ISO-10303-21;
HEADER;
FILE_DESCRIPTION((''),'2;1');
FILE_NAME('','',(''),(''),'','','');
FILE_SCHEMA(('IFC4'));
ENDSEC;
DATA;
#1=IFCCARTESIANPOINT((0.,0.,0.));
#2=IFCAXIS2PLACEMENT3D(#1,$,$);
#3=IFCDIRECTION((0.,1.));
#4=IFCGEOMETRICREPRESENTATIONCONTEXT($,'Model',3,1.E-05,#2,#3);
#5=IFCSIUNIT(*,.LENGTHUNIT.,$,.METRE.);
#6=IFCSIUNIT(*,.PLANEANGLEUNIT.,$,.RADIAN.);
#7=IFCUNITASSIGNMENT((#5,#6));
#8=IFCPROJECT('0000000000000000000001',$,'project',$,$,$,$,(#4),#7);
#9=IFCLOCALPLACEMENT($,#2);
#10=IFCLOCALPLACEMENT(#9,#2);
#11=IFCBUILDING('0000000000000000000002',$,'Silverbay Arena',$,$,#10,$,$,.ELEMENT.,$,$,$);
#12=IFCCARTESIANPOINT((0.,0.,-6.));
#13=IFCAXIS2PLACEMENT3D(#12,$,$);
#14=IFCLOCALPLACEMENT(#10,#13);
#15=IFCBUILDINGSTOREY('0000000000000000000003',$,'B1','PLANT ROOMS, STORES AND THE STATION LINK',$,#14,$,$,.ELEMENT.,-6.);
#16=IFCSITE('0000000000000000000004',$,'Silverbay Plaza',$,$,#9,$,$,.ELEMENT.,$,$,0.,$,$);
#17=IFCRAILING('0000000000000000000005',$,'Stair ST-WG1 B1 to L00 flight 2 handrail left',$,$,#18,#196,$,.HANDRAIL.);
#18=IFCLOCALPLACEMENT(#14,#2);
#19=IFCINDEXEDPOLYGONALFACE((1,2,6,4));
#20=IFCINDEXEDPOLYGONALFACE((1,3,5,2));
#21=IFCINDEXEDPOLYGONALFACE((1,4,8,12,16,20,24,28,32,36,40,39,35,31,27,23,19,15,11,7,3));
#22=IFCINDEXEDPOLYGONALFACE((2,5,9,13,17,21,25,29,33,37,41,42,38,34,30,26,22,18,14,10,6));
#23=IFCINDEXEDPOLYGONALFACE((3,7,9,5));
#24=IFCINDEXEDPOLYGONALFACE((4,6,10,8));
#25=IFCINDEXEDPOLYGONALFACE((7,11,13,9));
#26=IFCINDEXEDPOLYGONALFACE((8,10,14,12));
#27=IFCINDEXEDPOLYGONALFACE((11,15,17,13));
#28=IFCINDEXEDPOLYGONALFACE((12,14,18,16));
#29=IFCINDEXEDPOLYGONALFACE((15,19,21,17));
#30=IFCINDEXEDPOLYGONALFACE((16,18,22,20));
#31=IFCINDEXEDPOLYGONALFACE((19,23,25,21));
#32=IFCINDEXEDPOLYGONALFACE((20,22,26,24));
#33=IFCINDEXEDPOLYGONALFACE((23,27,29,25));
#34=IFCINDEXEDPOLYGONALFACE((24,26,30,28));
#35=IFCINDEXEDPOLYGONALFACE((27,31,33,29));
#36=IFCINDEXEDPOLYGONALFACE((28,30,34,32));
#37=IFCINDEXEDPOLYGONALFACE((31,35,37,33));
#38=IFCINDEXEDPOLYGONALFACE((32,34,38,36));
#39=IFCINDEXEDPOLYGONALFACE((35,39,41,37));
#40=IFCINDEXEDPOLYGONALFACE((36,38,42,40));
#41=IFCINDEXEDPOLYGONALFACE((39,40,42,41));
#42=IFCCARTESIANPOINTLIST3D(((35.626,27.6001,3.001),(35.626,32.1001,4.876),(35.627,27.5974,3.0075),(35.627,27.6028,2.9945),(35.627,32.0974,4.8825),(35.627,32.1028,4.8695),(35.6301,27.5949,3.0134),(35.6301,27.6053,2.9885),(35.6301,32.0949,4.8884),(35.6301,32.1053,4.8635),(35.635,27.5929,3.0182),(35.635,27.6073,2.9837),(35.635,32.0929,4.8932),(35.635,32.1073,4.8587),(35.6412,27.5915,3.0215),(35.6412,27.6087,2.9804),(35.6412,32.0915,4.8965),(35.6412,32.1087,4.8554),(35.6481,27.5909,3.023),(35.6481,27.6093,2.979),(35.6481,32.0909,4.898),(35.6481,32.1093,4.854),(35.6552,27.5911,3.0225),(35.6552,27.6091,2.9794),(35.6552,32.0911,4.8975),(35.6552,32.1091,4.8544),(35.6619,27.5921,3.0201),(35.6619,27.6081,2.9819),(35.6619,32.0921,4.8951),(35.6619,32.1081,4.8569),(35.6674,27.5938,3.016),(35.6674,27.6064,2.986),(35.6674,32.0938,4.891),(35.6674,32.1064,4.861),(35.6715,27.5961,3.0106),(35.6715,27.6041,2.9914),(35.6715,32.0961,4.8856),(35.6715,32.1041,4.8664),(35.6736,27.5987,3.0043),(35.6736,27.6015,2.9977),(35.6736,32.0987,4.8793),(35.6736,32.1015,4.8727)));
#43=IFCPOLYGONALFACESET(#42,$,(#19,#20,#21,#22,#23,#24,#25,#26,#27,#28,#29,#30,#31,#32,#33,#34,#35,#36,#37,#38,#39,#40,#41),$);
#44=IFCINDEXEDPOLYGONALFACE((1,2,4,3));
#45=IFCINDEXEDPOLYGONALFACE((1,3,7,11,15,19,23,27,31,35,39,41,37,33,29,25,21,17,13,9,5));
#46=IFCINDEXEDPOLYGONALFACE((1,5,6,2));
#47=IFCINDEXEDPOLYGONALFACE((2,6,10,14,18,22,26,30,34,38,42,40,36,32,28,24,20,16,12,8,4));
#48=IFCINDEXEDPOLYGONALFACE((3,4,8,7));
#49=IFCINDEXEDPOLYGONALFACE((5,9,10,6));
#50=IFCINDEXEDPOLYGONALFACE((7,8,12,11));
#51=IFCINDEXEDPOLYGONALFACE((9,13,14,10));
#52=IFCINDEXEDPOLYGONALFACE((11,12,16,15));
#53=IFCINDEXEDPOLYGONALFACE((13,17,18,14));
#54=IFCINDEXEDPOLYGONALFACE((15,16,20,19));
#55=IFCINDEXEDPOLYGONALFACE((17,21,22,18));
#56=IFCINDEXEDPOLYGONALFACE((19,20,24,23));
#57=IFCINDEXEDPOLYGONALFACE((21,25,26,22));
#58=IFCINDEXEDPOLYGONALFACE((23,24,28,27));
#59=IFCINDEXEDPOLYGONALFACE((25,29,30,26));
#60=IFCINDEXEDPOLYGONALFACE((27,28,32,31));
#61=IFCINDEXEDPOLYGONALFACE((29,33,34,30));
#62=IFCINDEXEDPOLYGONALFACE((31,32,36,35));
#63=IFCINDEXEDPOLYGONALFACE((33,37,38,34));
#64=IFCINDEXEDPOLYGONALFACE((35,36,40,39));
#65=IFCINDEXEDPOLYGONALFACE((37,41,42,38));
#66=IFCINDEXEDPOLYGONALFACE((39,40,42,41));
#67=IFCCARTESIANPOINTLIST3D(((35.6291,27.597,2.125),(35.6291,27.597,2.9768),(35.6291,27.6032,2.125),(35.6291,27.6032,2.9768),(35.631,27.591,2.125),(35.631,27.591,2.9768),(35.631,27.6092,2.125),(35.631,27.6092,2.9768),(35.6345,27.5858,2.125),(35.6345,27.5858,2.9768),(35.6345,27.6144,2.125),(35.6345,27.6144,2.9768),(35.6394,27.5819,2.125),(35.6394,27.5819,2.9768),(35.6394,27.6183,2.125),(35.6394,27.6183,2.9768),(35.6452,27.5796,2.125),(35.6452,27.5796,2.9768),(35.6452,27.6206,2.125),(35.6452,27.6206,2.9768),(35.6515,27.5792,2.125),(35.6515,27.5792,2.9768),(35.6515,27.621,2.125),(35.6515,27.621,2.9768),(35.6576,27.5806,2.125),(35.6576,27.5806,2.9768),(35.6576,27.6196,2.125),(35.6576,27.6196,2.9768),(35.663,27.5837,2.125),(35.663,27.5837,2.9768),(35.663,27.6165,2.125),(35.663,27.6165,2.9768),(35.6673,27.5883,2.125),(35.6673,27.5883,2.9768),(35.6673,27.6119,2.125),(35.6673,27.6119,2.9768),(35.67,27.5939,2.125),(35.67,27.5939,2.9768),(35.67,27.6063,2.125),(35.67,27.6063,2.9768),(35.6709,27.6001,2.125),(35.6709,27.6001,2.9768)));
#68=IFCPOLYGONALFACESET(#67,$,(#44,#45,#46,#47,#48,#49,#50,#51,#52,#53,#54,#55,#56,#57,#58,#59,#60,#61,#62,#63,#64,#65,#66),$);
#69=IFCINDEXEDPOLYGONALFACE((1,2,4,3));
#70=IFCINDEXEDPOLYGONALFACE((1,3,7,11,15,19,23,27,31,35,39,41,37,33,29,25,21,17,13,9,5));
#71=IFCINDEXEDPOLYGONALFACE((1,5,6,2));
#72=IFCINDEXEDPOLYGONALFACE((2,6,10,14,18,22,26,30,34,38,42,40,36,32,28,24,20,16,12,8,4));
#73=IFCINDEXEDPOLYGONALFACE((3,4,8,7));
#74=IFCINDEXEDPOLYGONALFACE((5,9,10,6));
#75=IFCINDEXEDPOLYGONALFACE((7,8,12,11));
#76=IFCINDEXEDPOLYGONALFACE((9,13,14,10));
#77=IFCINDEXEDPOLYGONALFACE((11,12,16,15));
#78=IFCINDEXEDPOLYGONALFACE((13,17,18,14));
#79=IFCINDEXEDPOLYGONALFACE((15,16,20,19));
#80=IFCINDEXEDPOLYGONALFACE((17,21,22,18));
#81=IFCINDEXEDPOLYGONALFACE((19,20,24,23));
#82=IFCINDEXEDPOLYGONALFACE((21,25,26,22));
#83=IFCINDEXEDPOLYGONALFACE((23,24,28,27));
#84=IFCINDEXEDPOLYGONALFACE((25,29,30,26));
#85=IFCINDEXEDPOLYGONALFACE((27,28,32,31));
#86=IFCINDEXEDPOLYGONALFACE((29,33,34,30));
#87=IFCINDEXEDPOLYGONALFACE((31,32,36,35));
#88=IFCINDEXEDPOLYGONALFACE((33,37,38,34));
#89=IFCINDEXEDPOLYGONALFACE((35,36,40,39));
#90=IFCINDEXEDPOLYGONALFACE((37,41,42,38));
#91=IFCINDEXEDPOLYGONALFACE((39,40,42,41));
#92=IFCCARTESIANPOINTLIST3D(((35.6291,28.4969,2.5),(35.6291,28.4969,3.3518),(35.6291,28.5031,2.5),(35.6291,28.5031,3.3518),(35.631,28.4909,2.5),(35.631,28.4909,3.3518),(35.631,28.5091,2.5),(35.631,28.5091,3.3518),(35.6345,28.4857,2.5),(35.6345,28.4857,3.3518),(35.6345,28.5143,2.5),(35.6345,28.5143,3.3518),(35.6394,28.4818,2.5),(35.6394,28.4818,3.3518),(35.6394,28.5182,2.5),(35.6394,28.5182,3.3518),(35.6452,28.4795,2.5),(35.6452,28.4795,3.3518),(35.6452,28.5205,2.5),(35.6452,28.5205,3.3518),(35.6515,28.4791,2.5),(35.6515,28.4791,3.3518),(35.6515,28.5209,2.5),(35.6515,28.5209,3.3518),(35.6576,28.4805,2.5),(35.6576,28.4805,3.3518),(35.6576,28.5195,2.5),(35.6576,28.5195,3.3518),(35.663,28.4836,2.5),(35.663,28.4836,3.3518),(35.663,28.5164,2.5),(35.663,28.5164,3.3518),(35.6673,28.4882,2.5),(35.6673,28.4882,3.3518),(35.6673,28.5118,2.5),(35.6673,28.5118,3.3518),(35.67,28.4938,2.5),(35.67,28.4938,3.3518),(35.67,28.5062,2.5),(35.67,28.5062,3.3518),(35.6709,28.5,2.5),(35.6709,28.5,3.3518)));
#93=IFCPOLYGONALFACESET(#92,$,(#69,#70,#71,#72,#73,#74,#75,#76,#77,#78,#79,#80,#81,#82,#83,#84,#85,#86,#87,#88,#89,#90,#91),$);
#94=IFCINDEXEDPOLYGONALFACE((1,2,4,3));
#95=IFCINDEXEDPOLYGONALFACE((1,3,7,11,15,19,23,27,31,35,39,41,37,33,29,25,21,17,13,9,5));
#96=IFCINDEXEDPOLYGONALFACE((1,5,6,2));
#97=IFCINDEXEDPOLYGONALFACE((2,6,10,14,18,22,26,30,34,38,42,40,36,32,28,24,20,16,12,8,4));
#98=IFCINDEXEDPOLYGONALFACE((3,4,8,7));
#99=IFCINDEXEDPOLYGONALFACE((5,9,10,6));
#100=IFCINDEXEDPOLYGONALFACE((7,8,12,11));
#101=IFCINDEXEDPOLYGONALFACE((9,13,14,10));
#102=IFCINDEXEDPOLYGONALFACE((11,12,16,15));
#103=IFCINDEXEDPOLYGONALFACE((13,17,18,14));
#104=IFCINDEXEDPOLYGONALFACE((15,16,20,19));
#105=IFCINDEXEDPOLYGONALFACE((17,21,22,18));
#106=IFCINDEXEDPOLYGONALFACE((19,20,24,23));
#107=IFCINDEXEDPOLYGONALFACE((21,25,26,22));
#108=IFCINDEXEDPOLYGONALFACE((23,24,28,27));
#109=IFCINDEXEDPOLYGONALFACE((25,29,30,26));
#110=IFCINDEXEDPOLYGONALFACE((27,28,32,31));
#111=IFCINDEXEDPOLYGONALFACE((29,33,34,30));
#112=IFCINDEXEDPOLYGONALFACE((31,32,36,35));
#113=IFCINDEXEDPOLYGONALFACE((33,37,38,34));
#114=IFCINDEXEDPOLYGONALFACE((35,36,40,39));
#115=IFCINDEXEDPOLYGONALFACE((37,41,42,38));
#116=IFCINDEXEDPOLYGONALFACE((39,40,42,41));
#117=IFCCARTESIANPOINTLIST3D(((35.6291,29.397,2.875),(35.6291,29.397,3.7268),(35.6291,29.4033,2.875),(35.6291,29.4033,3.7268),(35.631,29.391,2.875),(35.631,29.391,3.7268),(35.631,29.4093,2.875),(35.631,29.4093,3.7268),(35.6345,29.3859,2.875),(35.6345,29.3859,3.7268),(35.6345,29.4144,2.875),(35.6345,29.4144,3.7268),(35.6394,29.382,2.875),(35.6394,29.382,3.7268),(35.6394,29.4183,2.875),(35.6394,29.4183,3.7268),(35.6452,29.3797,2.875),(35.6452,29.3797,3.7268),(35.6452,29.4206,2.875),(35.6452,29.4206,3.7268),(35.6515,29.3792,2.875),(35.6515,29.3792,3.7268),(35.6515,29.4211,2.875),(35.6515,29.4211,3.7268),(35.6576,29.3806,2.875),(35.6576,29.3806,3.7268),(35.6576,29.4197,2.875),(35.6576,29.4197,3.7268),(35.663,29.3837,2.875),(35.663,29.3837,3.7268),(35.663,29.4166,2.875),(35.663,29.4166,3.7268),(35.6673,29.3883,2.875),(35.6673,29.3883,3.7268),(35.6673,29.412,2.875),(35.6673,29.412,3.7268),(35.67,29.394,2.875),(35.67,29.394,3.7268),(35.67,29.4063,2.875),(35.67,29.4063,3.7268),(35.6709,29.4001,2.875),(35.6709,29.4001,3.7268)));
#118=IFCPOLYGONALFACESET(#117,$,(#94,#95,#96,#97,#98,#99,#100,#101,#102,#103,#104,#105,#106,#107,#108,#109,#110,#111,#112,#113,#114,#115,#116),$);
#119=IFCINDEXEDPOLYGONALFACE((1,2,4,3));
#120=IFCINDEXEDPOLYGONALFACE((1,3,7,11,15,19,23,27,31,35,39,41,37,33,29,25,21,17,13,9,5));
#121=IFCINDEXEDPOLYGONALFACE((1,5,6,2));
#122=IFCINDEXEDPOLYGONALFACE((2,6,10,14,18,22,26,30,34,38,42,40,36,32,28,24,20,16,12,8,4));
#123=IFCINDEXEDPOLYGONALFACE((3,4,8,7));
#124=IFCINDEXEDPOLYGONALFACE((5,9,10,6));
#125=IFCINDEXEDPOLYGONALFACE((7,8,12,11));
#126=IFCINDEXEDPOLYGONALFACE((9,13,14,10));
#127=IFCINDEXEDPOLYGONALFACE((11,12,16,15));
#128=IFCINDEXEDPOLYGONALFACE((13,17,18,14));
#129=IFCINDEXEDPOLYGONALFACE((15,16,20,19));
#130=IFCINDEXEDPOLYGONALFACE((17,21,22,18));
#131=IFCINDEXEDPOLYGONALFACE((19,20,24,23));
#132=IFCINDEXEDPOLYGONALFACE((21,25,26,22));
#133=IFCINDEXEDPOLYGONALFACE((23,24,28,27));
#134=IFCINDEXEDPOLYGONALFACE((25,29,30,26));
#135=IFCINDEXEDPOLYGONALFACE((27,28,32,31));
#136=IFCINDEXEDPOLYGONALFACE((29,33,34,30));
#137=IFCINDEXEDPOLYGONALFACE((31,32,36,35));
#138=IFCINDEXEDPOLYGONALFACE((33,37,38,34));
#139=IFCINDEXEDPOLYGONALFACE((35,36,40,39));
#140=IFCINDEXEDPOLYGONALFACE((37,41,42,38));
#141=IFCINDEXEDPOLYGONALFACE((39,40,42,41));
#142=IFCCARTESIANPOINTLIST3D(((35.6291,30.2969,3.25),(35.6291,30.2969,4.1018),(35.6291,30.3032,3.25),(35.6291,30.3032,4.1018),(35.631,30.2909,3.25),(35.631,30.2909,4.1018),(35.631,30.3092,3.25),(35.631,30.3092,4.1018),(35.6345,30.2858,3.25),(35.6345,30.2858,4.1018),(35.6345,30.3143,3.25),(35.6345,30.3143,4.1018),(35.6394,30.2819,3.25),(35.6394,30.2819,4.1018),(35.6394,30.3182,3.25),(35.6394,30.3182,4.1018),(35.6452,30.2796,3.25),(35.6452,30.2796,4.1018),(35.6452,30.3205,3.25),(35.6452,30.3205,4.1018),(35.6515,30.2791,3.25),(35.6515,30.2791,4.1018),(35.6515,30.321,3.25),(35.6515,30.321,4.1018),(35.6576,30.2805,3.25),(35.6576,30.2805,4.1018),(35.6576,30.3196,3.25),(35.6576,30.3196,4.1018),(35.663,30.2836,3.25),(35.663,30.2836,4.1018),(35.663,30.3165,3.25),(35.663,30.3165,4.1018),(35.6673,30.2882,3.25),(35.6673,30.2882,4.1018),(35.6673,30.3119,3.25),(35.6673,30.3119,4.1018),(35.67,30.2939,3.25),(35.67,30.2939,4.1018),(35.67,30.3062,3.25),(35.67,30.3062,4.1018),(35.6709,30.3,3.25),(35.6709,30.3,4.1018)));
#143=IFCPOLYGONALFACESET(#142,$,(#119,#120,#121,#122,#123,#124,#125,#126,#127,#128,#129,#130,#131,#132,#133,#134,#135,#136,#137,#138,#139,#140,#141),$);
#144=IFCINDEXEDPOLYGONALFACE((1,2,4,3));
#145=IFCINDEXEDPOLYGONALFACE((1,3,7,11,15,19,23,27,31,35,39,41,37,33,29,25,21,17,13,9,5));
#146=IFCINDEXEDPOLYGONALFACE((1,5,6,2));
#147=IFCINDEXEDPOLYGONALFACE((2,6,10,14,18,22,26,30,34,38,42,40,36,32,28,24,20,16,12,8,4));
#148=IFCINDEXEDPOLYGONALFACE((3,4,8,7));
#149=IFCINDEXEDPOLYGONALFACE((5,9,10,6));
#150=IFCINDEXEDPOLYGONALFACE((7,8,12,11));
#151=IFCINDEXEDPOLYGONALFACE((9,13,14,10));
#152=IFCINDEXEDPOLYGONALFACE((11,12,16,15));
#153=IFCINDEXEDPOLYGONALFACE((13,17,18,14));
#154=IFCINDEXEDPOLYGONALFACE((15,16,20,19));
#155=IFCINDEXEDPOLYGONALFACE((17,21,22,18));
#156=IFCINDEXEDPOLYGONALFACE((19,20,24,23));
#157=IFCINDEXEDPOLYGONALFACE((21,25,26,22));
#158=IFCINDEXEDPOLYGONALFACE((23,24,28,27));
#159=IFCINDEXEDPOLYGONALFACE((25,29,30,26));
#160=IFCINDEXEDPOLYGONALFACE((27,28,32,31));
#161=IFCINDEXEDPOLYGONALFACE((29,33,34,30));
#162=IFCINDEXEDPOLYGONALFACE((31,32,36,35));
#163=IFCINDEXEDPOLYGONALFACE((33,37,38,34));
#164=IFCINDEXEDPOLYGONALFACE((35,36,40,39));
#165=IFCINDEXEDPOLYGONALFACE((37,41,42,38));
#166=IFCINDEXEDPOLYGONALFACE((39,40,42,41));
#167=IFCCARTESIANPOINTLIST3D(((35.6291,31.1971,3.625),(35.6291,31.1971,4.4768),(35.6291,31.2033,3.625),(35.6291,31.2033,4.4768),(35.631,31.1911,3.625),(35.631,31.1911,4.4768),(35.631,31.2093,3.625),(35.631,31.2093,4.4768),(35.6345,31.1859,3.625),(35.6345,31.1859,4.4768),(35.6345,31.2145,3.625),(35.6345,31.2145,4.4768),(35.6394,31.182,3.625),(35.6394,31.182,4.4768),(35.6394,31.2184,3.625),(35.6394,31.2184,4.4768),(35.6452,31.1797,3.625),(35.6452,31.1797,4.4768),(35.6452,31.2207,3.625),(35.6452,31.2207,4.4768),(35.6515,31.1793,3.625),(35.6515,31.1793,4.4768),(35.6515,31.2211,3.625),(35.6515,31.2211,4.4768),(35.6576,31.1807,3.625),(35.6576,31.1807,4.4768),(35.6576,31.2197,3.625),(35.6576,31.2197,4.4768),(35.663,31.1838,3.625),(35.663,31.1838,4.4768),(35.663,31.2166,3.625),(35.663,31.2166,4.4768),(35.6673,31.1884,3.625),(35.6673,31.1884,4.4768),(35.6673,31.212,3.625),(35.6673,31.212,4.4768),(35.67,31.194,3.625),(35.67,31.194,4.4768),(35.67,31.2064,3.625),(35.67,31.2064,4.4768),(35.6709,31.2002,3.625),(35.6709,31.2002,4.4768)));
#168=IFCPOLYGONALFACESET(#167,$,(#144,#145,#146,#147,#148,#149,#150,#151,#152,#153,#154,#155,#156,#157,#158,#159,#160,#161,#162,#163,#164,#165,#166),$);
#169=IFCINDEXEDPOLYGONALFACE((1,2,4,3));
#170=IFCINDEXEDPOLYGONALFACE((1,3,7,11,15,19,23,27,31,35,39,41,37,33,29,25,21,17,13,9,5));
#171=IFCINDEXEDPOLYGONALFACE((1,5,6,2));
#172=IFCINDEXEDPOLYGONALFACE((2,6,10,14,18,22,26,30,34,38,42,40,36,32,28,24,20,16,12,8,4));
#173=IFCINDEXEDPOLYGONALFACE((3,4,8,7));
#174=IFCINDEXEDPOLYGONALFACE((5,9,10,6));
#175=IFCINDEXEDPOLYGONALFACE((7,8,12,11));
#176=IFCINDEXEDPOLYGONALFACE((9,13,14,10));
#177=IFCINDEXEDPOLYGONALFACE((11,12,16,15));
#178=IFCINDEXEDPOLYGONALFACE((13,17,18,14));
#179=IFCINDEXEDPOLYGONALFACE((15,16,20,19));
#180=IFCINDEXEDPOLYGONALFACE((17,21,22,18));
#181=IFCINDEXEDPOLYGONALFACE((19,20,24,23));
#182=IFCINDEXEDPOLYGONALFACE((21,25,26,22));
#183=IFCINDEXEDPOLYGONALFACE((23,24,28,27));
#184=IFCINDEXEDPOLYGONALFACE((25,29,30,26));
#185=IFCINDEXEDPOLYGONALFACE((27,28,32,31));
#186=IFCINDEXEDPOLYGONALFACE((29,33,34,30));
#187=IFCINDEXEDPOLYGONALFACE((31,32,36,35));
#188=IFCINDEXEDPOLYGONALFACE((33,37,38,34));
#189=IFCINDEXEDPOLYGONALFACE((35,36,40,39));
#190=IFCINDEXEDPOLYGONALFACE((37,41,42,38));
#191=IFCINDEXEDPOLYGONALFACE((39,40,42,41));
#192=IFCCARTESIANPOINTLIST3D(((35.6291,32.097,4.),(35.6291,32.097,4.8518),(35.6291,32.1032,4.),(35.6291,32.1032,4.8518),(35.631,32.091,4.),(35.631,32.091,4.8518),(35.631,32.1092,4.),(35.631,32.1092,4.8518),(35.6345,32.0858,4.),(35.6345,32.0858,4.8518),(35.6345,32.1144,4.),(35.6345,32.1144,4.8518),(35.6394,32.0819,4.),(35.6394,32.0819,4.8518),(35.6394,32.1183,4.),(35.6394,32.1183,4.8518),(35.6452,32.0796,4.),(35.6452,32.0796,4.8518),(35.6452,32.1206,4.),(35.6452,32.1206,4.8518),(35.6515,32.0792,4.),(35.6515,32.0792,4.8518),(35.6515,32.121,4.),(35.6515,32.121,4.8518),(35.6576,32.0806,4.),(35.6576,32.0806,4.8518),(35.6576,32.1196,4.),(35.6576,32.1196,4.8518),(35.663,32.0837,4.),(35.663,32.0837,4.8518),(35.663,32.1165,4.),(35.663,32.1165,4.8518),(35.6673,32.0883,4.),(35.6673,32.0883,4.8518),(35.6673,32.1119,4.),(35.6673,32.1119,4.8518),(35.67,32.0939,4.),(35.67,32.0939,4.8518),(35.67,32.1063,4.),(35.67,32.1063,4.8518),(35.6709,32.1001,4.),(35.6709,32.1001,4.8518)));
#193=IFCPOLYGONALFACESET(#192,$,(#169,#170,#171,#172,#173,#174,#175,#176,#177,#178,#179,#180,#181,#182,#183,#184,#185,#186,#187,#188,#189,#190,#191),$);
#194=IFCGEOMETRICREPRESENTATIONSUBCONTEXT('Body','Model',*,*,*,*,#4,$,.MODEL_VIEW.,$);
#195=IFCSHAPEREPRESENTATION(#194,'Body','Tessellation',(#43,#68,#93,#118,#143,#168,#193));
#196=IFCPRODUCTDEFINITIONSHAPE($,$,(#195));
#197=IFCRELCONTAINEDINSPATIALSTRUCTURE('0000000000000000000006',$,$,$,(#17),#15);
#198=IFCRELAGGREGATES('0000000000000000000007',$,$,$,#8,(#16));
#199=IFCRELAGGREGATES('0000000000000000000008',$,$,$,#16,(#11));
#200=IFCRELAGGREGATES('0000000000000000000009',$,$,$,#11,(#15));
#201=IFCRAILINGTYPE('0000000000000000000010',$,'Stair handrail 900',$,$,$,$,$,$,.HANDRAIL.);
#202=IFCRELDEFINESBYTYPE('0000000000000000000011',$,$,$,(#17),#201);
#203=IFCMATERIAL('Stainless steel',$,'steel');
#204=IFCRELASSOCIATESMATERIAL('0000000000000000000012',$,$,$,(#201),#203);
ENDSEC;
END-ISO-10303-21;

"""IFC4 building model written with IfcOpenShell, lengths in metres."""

from ifc_helpers import new_model, si_unit, direction, frame, origin, origin_2d, place, context, subcontext, project, spatial, circle, extrude, material, type_object, element, save


model = new_model("IFC4")

# Units and contexts
model_context = context("Model", 3, precision=1e-05, world=origin(), true_north=direction((0.0, 1.0)))
body_context = subcontext(model_context, "Body", "Model", "MODEL_VIEW")
ifc_project = project(units=[si_unit("LENGTHUNIT", "METRE"), si_unit("PLANEANGLEUNIT", "RADIAN")], contexts=[model_context])

# Site, building, storey
site_placement = place(None, origin())
site = spatial("IfcSite", under=ifc_project, at=site_placement, Name="Silverbay Plaza", CompositionType="ELEMENT", RefElevation=0.0)
building_placement = place(site_placement, origin())
building = spatial("IfcBuilding", under=site, at=building_placement, Name="Silverbay Arena", CompositionType="ELEMENT")
storey_placement = place(building_placement, frame((0.0, 0.0, -6.0)))
storey = spatial("IfcBuildingStorey", under=building, at=storey_placement, Name="B1", Description="PLANT ROOMS, STORES AND THE STATION LINK", CompositionType="ELEMENT", Elevation=-6.0)

# Railing
ifc_material_1 = material(Name="Stainless steel", Category="steel")
railing_type = type_object("IfcRailingType", Name="Stair handrail 900", PredefinedType="HANDRAIL", material=ifc_material_1)
railing_1_placement = place(storey_placement, frame((35.6499, 27.6001, 2.125)))
element("IfcRailing", 1, at=railing_1_placement, inside=storey, type_object=railing_type, Name="Stair ST-WG1 B1 to L00 flight 2 handrail left", PredefinedType="HANDRAIL", context=body_context, shape_type="SweptSolid", body=[
    extrude(circle(Radius=0.0239, at=origin_2d()), frame((0.0, 0.0, 0.876), z_axis=(0.0, 0.923077, 0.384615), x_axis=(-1.0, 0.0, 0.0)), (0.0, 0.0, 1.0), 4.875),
    extrude(circle(Radius=0.021, at=origin_2d()), origin(), (0.0, 0.0, 1.0), 0.8518),
    extrude(circle(Radius=0.021, at=origin_2d()), frame((0.0, 0.8999, 0.375)), (0.0, 0.0, 1.0), 0.8518),
    extrude(circle(Radius=0.021, at=origin_2d()), frame((0.0, 1.8, 0.75)), (0.0, 0.0, 1.0), 0.8518),
    extrude(circle(Radius=0.021, at=origin_2d()), frame((0.0, 2.7, 1.125)), (0.0, 0.0, 1.0), 0.8518),
    extrude(circle(Radius=0.021, at=origin_2d()), frame((0.0, 3.6001, 1.5)), (0.0, 0.0, 1.0), 0.8518),
    extrude(circle(Radius=0.021, at=origin_2d()), frame((0.0, 4.5, 1.875)), (0.0, 0.0, 1.0), 0.8518),
])

save(model, "model.ifc")
